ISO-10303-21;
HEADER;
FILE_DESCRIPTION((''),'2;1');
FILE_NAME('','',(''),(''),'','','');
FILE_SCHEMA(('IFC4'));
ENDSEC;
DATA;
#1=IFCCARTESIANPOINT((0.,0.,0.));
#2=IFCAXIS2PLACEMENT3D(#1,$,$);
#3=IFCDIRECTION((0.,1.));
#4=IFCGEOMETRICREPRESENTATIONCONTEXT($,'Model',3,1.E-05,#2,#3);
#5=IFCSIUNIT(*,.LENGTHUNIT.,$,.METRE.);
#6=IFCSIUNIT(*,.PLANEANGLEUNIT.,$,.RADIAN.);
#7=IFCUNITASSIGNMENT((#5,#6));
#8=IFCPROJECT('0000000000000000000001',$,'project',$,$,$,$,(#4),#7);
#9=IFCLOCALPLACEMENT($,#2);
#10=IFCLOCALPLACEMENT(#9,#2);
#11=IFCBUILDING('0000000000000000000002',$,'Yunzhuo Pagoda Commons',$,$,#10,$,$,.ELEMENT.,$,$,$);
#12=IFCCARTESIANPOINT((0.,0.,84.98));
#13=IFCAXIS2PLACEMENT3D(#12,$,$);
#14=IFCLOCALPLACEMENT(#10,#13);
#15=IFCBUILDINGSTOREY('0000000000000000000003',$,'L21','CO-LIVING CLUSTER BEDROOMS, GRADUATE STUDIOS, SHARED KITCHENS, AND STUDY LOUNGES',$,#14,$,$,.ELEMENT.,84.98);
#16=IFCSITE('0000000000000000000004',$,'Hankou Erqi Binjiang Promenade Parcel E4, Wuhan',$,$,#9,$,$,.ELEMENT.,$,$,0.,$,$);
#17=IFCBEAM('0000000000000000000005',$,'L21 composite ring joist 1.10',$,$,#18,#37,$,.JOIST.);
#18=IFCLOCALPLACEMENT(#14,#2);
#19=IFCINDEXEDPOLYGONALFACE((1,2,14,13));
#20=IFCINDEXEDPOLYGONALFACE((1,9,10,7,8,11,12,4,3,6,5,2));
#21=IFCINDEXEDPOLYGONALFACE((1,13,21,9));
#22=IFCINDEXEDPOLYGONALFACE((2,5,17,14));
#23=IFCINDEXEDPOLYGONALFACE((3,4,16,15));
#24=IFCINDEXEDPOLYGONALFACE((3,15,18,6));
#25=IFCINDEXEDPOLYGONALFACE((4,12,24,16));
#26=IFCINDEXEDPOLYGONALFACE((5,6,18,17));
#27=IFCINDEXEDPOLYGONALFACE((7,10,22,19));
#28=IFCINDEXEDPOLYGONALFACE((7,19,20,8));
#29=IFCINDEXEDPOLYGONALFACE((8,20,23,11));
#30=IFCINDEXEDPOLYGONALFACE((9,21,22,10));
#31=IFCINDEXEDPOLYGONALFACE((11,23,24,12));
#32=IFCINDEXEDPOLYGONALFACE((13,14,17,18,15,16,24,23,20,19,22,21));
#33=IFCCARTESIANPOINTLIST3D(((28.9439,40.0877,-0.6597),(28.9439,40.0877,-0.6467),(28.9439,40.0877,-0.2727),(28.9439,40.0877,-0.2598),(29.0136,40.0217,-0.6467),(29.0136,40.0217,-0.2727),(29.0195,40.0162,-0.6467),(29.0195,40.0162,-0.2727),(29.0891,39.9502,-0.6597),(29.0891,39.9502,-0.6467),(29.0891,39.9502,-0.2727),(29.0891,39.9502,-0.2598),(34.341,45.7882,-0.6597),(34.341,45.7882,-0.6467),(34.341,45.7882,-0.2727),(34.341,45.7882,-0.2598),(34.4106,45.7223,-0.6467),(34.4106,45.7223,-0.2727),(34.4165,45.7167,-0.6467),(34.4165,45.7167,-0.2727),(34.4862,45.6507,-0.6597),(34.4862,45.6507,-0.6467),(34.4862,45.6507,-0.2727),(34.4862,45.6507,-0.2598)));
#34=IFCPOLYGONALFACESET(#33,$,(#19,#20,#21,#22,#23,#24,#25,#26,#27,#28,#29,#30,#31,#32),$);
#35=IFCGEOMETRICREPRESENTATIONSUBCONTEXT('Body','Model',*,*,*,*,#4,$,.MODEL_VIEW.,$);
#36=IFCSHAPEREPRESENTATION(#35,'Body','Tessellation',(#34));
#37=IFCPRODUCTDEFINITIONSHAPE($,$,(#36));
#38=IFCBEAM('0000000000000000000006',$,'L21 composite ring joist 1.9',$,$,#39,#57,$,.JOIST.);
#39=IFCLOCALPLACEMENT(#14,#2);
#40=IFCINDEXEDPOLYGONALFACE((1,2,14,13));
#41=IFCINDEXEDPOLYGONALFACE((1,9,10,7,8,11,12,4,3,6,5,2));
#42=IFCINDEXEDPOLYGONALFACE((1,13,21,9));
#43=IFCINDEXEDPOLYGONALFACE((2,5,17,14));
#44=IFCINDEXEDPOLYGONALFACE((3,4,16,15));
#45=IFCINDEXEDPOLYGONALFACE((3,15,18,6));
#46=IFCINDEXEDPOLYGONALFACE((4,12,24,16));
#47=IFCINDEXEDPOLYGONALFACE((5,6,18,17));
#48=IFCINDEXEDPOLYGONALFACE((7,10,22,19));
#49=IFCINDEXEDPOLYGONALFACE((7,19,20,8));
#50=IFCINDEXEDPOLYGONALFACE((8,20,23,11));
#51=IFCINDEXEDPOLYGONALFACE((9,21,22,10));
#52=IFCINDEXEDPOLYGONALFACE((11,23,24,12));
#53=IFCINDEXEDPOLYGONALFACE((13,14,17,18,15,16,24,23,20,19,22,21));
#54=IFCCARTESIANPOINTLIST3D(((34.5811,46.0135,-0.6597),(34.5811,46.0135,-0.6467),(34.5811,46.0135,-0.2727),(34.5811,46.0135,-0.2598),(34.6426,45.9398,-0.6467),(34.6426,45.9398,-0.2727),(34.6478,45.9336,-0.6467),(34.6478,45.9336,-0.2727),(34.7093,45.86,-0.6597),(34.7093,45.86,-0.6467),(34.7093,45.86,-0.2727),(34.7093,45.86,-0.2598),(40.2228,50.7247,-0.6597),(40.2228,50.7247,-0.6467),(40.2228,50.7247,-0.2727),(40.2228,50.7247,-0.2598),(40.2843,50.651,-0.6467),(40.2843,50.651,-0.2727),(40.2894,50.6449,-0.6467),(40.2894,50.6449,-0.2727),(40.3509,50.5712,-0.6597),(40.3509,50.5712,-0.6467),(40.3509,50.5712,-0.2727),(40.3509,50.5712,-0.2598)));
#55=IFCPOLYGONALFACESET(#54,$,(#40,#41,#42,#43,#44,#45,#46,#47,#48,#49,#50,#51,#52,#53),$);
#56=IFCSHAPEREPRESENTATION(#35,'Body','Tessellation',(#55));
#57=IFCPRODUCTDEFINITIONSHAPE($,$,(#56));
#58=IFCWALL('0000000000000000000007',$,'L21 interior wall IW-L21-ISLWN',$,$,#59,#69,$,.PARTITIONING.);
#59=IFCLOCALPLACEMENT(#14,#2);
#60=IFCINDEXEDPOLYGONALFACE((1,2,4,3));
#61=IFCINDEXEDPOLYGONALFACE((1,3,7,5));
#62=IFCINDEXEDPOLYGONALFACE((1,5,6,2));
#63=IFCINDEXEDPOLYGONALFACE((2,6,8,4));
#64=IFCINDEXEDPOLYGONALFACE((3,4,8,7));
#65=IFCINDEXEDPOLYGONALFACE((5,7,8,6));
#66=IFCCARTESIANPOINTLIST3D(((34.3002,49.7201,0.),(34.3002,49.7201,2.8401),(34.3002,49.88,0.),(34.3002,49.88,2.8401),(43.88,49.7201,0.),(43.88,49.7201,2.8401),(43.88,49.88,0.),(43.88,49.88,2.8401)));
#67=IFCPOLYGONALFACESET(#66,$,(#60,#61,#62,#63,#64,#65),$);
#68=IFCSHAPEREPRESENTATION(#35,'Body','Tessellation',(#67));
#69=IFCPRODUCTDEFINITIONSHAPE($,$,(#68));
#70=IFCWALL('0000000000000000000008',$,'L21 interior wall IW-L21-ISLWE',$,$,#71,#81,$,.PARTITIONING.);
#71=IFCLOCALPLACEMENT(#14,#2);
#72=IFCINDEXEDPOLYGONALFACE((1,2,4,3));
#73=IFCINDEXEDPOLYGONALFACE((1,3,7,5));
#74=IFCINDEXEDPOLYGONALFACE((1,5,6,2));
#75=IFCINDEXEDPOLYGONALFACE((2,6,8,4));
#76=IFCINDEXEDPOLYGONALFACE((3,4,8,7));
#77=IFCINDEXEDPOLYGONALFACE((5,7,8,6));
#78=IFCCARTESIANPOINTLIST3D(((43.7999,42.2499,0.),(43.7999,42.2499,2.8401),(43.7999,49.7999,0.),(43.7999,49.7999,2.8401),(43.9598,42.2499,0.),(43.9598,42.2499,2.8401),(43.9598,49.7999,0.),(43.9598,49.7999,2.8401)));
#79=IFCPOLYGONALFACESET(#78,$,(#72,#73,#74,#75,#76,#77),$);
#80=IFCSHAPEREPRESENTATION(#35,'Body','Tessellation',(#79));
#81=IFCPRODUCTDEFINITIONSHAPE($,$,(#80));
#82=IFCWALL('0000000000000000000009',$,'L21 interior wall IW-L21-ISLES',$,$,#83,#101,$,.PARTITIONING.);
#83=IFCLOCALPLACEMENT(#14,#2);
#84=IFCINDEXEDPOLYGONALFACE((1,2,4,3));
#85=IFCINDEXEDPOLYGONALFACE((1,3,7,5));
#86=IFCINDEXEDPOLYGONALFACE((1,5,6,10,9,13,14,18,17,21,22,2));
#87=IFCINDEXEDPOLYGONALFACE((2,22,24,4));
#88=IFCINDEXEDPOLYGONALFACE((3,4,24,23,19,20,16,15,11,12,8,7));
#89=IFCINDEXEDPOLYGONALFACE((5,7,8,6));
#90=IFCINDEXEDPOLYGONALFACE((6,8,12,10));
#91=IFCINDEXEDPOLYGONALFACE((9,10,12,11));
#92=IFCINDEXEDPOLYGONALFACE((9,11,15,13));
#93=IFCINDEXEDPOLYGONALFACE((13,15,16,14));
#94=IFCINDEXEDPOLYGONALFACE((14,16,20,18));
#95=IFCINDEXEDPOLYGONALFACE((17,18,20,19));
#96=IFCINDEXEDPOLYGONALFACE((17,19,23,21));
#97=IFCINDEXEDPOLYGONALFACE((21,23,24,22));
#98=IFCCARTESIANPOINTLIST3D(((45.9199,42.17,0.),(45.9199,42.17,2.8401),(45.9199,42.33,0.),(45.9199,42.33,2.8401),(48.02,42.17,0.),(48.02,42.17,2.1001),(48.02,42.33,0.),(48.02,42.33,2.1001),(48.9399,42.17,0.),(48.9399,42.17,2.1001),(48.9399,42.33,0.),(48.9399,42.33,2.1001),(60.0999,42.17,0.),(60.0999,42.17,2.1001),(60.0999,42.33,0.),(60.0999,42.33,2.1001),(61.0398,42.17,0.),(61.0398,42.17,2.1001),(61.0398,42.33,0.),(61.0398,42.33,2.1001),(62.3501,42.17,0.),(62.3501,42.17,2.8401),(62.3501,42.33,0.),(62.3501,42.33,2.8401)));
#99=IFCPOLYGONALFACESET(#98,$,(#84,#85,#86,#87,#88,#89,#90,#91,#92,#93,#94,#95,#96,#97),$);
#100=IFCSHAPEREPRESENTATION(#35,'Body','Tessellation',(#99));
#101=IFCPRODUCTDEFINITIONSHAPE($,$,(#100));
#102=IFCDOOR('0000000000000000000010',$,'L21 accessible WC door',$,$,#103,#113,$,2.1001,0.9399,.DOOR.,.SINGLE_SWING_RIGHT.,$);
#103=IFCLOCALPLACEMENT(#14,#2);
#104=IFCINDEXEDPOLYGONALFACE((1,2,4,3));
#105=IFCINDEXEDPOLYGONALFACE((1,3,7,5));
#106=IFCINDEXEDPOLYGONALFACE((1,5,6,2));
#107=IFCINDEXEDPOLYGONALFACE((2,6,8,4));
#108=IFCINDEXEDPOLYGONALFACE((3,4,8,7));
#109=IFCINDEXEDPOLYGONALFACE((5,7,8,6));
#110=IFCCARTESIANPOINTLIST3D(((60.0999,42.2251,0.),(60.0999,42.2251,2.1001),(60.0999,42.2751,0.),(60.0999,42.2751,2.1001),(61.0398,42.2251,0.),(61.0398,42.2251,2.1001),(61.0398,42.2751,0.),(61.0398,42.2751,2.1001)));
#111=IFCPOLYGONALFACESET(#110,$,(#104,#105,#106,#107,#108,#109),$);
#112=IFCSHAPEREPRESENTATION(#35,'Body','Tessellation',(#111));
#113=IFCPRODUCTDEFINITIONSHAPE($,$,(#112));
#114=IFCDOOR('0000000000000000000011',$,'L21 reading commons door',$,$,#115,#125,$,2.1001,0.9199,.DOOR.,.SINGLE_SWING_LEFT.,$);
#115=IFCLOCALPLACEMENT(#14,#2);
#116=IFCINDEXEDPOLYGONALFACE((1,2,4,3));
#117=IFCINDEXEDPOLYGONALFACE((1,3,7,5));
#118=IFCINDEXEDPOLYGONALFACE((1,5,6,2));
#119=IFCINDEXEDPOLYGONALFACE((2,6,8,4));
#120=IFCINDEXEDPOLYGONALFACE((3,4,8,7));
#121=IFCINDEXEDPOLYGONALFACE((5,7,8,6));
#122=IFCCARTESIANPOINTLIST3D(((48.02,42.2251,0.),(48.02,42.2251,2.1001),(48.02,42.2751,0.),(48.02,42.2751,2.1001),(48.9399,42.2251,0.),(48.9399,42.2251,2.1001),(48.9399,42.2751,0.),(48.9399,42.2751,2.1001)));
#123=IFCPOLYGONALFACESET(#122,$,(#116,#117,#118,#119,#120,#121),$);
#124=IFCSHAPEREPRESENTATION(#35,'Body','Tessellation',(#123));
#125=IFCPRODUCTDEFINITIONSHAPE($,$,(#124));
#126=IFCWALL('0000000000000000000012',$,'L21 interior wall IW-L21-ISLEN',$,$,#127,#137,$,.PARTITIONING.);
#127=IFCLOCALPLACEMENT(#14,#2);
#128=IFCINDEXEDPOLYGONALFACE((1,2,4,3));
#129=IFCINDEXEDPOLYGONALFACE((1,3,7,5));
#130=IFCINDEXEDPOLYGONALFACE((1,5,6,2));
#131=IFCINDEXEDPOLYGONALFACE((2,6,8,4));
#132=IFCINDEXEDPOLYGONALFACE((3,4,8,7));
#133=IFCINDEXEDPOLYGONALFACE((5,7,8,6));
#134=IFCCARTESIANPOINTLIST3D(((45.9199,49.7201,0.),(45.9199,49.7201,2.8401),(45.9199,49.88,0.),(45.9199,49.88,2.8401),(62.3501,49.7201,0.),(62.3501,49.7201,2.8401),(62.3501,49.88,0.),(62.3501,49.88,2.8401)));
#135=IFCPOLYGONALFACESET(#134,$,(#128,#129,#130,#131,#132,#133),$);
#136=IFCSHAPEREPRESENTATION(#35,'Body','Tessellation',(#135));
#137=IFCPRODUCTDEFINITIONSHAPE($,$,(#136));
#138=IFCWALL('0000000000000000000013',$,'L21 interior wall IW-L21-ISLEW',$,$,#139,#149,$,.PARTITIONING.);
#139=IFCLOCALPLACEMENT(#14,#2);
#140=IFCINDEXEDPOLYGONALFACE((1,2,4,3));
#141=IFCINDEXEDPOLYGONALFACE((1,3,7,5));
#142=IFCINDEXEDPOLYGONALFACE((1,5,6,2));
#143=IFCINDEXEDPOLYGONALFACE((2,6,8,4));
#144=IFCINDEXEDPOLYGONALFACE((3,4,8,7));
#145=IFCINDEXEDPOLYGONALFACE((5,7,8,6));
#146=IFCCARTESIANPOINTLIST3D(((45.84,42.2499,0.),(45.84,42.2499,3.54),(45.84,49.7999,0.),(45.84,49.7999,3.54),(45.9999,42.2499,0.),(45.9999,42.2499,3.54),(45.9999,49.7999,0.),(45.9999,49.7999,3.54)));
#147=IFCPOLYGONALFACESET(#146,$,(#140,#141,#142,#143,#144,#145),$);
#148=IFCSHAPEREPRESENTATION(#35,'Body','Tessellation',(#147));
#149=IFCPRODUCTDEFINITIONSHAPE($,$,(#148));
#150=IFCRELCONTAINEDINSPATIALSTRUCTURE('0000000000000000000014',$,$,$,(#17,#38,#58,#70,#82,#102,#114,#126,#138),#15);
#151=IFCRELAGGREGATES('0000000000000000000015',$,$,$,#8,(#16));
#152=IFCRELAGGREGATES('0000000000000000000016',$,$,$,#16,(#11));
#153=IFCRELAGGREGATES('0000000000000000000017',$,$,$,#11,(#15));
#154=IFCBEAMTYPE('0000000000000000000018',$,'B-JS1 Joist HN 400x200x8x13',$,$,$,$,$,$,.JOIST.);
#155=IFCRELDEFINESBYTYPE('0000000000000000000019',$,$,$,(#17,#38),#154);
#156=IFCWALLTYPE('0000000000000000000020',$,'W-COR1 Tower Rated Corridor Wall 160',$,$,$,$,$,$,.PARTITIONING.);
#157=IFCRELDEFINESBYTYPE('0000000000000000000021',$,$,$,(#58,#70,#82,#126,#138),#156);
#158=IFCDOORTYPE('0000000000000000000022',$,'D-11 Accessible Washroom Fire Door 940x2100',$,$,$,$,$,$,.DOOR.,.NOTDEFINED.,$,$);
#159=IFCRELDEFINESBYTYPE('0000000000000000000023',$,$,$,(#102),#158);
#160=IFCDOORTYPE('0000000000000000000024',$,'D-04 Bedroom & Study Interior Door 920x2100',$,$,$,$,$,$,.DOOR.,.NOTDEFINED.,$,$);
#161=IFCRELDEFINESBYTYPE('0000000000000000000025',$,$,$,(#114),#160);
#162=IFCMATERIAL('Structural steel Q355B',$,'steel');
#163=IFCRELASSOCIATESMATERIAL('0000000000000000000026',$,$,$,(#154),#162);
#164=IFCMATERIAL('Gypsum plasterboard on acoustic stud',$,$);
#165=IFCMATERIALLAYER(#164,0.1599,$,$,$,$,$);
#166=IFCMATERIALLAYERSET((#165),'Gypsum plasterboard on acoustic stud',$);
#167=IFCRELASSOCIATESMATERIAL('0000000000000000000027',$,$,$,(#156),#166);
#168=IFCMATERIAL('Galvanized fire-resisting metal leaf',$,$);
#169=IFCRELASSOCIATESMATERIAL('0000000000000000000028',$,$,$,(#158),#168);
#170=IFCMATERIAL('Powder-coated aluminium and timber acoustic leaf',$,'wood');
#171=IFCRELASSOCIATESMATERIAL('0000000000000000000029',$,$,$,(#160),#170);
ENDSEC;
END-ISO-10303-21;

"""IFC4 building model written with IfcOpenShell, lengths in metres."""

from ifc_helpers import new_model, si_unit, direction, frame, frame_2d, origin, origin_2d, place, context, subcontext, project, spatial, rectangle, i_section, extrude, source, transform, mapped, material, layer, layer_set, material_profile, profile_set, type_object, element, fill, save


model = new_model("IFC4")

# Units and contexts
model_context = context("Model", 3, precision=1e-05, world=origin(), true_north=direction((0.0, 1.0)))
body_context = subcontext(model_context, "Body", "Model", "MODEL_VIEW")
ifc_project = project(units=[si_unit("LENGTHUNIT", "METRE"), si_unit("PLANEANGLEUNIT", "RADIAN")], contexts=[model_context])

# Site, building, storey
site_placement = place(None, origin())
site = spatial("IfcSite", under=ifc_project, at=site_placement, Name="Hankou Erqi Binjiang Promenade Parcel E4, Wuhan", CompositionType="ELEMENT", RefElevation=0.0)
building_placement = place(site_placement, origin())
building = spatial("IfcBuilding", under=site, at=building_placement, Name="Yunzhuo Pagoda Commons", CompositionType="ELEMENT")
storey_placement = place(building_placement, frame((0.0, 0.0, 84.98)))
storey = spatial("IfcBuildingStorey", under=building, at=storey_placement, Name="L21", Description="CO-LIVING CLUSTER BEDROOMS, GRADUATE STUDIOS, SHARED KITCHENS, AND STUDY LOUNGES", CompositionType="ELEMENT", Elevation=84.98)

# Beams
ifc_material_1 = material(Name="Structural steel Q355B", Category="steel")
ifc_material_profile = material_profile(ifc_material_1, i_section(OverallWidth=0.2, OverallDepth=0.3999, WebThickness=0.0081, FlangeThickness=0.0129, at=origin_2d()), Name="Structural steel Q355B")
ifc_profile_set = profile_set([ifc_material_profile], Name="Structural steel Q355B")
beam_type = type_object("IfcBeamType", Name="B-JS1 Joist HN 400x200x8x13", PredefinedType="JOIST", material=ifc_profile_set)
shared_shape_1 = source(origin(), body_context, "Body", "SweptSolid", [
    extrude(i_section(OverallWidth=0.2, OverallDepth=0.3999, WebThickness=0.0081, FlangeThickness=0.0129, at=origin_2d()), origin(), (0.0, 0.0, 1.0), 7.8501),
])
beam_1_placement = place(storey_placement, frame((34.4136, 45.7195, -0.4597), z_axis=(-0.687513, -0.726172, 0.0), x_axis=(0.726172, -0.687513, 0.0)))
element("IfcBeam", 1, at=beam_1_placement, inside=storey, type_object=beam_type, Name="L21 composite ring joist 1.10", PredefinedType="JOIST", context=body_context, shape_type="MappedRepresentation", body=[
    mapped(shared_shape_1, transform((0.0, 0.0, 0.0), scale=1.0)),
])
shared_shape_2 = source(origin(), body_context, "Body", "SweptSolid", [
    extrude(i_section(OverallWidth=0.2, OverallDepth=0.3999, WebThickness=0.0081, FlangeThickness=0.0129, at=origin_2d()), origin(), (0.0, 0.0, 1.0), 7.3501),
])
beam_2_placement = place(storey_placement, frame((40.2869, 50.6479, -0.4597), z_axis=(-0.767562, -0.640975, 0.0), x_axis=(0.640975, -0.767562, 0.0)))
element("IfcBeam", 2, at=beam_2_placement, inside=storey, type_object=beam_type, Name="L21 composite ring joist 1.9", PredefinedType="JOIST", context=body_context, shape_type="MappedRepresentation", body=[
    mapped(shared_shape_2, transform((0.0, 0.0, 0.0), scale=1.0)),
])

# Walls
ifc_material_2 = material(Name="Gypsum plasterboard on acoustic stud")
ifc_layer_1 = layer(ifc_material_2, 0.1599)
ifc_layer_set_1 = layer_set([ifc_layer_1], Name="Gypsum plasterboard on acoustic stud")
wall_type_1 = type_object("IfcWallType", Name="W-COR1 Tower Rated Corridor Wall 160", PredefinedType="PARTITIONING", material=ifc_layer_set_1)
wall_1_placement = place(storey_placement, frame((34.3, 49.8, 0.0), z_axis=(0.0, 0.0, 1.0), x_axis=(1.0, 0.0, 0.0)))
element("IfcWall", 3, at=wall_1_placement, inside=storey, type_object=wall_type_1, Name="L21 interior wall IW-L21-ISLWN", PredefinedType="PARTITIONING", context=body_context, shape_type="SweptSolid", body=[
    extrude(rectangle(XDim=9.5798, YDim=0.1599, at=frame_2d((4.79, 0.0))), origin(), (0.0, 0.0, 1.0), 2.8401),
])
wall_2_placement = place(storey_placement, frame((43.8799, 42.25, 0.0), z_axis=(0.0, 0.0, 1.0), x_axis=(0.0, 1.0, 0.0)))
element("IfcWall", 4, at=wall_2_placement, inside=storey, type_object=wall_type_1, Name="L21 interior wall IW-L21-ISLWE", PredefinedType="PARTITIONING", context=body_context, shape_type="SweptSolid", body=[
    extrude(rectangle(XDim=7.55, YDim=0.1599, at=frame_2d((3.7749, 0.0))), origin(), (0.0, 0.0, 1.0), 2.8401),
])

# Wall, openings, doors
wall_3_placement = place(storey_placement, frame((45.9199, 42.25, 0.0), z_axis=(0.0, 0.0, 1.0), x_axis=(1.0, 0.0, 0.0)))
wall_3 = element("IfcWall", 5, at=wall_3_placement, inside=storey, type_object=wall_type_1, Name="L21 interior wall IW-L21-ISLES", PredefinedType="PARTITIONING", context=body_context, shape_type="SweptSolid", body=[
    extrude(rectangle(XDim=16.4302, YDim=0.1599, at=frame_2d((8.2151, 0.0))), origin(), (0.0, 0.0, 1.0), 2.8401),
])
opening_1_placement = place(wall_3_placement, frame((2.1001, 0.0, 0.0)))
opening_1 = element("IfcOpeningElement", 6, at=opening_1_placement, cuts=wall_3, PredefinedType="OPENING", context=body_context, shape_type="SweptSolid", body=[
    extrude(rectangle(XDim=0.9199, YDim=2.1001, at=frame_2d((0.46, 1.05))), frame((0.0, 0.0898, 0.0), z_axis=(0.0, -1.0, 0.0), x_axis=(1.0, 0.0, 0.0)), (0.0, 0.0, 1.0), 0.1799),
])
opening_2_placement = place(wall_3_placement, frame((14.1799, 0.0, 0.0)))
opening_2 = element("IfcOpeningElement", 7, at=opening_2_placement, cuts=wall_3, PredefinedType="OPENING", context=body_context, shape_type="SweptSolid", body=[
    extrude(rectangle(XDim=0.9399, YDim=2.1001, at=frame_2d((0.47, 1.05))), frame((0.0, 0.0898, 0.0), z_axis=(0.0, -1.0, 0.0), x_axis=(1.0, 0.0, 0.0)), (0.0, 0.0, 1.0), 0.1799),
])
ifc_material_3 = material(Name="Galvanized fire-resisting metal leaf")
door_type_1 = type_object("IfcDoorType", Name="D-11 Accessible Washroom Fire Door 940x2100", OperationType="NOTDEFINED", PredefinedType="DOOR", material=ifc_material_3)
shared_shape_3 = source(origin(), body_context, "Body", "SweptSolid", [
    extrude(rectangle(XDim=0.9399, YDim=2.1001, at=frame_2d((0.47, 1.05))), frame((0.0, 0.0249, 0.0), z_axis=(0.0, -1.0, 0.0), x_axis=(1.0, 0.0, 0.0)), (0.0, 0.0, 1.0), 0.05),
])
door_1_placement = place(opening_2_placement, frame((0.9399, 0.0, 0.0), z_axis=(0.0, 0.0, 1.0), x_axis=(-1.0, 0.0, 0.0)))
door_1 = element("IfcDoor", 8, at=door_1_placement, inside=storey, type_object=door_type_1, Name="L21 accessible WC door", OperationType="SINGLE_SWING_RIGHT", OverallHeight=2.1001, OverallWidth=0.9399, PredefinedType="DOOR", context=body_context, shape_type="MappedRepresentation", body=[
    mapped(shared_shape_3, transform((0.0, 0.0, 0.0), scale=1.0)),
])
fill(opening_2, door_1)
ifc_material_4 = material(Name="Powder-coated aluminium and timber acoustic leaf", Category="wood")
door_type_2 = type_object("IfcDoorType", Name="D-04 Bedroom & Study Interior Door 920x2100", OperationType="NOTDEFINED", PredefinedType="DOOR", material=ifc_material_4)
shared_shape_4 = source(origin(), body_context, "Body", "SweptSolid", [
    extrude(rectangle(XDim=0.9199, YDim=2.1001, at=frame_2d((0.46, 1.05))), frame((0.0, 0.0249, 0.0), z_axis=(0.0, -1.0, 0.0), x_axis=(1.0, 0.0, 0.0)), (0.0, 0.0, 1.0), 0.05),
])
door_2_placement = place(opening_1_placement, frame((0.9199, 0.0, 0.0), z_axis=(0.0, 0.0, 1.0), x_axis=(-1.0, 0.0, 0.0)))
door_2 = element("IfcDoor", 9, at=door_2_placement, inside=storey, type_object=door_type_2, Name="L21 reading commons door", OperationType="SINGLE_SWING_LEFT", OverallHeight=2.1001, OverallWidth=0.9199, PredefinedType="DOOR", context=body_context, shape_type="MappedRepresentation", body=[
    mapped(shared_shape_4, transform((0.0, 0.0, 0.0), scale=1.0)),
])
fill(opening_1, door_2)

# Walls
wall_4_placement = place(storey_placement, frame((45.9199, 49.8, 0.0), z_axis=(0.0, 0.0, 1.0), x_axis=(1.0, 0.0, 0.0)))
element("IfcWall", 10, at=wall_4_placement, inside=storey, type_object=wall_type_1, Name="L21 interior wall IW-L21-ISLEN", PredefinedType="PARTITIONING", context=body_context, shape_type="SweptSolid", body=[
    extrude(rectangle(XDim=16.4302, YDim=0.1599, at=frame_2d((8.2151, 0.0))), origin(), (0.0, 0.0, 1.0), 2.8401),
])
wall_5_placement = place(storey_placement, frame((45.9199, 42.25, 0.0), z_axis=(0.0, 0.0, 1.0), x_axis=(0.0, 1.0, 0.0)))
element("IfcWall", 11, at=wall_5_placement, inside=storey, type_object=wall_type_1, Name="L21 interior wall IW-L21-ISLEW", PredefinedType="PARTITIONING", context=body_context, shape_type="SweptSolid", body=[
    extrude(rectangle(XDim=7.55, YDim=0.1599, at=frame_2d((3.7749, 0.0))), origin(), (0.0, 0.0, 1.0), 3.54),
])

save(model, "model.ifc")
